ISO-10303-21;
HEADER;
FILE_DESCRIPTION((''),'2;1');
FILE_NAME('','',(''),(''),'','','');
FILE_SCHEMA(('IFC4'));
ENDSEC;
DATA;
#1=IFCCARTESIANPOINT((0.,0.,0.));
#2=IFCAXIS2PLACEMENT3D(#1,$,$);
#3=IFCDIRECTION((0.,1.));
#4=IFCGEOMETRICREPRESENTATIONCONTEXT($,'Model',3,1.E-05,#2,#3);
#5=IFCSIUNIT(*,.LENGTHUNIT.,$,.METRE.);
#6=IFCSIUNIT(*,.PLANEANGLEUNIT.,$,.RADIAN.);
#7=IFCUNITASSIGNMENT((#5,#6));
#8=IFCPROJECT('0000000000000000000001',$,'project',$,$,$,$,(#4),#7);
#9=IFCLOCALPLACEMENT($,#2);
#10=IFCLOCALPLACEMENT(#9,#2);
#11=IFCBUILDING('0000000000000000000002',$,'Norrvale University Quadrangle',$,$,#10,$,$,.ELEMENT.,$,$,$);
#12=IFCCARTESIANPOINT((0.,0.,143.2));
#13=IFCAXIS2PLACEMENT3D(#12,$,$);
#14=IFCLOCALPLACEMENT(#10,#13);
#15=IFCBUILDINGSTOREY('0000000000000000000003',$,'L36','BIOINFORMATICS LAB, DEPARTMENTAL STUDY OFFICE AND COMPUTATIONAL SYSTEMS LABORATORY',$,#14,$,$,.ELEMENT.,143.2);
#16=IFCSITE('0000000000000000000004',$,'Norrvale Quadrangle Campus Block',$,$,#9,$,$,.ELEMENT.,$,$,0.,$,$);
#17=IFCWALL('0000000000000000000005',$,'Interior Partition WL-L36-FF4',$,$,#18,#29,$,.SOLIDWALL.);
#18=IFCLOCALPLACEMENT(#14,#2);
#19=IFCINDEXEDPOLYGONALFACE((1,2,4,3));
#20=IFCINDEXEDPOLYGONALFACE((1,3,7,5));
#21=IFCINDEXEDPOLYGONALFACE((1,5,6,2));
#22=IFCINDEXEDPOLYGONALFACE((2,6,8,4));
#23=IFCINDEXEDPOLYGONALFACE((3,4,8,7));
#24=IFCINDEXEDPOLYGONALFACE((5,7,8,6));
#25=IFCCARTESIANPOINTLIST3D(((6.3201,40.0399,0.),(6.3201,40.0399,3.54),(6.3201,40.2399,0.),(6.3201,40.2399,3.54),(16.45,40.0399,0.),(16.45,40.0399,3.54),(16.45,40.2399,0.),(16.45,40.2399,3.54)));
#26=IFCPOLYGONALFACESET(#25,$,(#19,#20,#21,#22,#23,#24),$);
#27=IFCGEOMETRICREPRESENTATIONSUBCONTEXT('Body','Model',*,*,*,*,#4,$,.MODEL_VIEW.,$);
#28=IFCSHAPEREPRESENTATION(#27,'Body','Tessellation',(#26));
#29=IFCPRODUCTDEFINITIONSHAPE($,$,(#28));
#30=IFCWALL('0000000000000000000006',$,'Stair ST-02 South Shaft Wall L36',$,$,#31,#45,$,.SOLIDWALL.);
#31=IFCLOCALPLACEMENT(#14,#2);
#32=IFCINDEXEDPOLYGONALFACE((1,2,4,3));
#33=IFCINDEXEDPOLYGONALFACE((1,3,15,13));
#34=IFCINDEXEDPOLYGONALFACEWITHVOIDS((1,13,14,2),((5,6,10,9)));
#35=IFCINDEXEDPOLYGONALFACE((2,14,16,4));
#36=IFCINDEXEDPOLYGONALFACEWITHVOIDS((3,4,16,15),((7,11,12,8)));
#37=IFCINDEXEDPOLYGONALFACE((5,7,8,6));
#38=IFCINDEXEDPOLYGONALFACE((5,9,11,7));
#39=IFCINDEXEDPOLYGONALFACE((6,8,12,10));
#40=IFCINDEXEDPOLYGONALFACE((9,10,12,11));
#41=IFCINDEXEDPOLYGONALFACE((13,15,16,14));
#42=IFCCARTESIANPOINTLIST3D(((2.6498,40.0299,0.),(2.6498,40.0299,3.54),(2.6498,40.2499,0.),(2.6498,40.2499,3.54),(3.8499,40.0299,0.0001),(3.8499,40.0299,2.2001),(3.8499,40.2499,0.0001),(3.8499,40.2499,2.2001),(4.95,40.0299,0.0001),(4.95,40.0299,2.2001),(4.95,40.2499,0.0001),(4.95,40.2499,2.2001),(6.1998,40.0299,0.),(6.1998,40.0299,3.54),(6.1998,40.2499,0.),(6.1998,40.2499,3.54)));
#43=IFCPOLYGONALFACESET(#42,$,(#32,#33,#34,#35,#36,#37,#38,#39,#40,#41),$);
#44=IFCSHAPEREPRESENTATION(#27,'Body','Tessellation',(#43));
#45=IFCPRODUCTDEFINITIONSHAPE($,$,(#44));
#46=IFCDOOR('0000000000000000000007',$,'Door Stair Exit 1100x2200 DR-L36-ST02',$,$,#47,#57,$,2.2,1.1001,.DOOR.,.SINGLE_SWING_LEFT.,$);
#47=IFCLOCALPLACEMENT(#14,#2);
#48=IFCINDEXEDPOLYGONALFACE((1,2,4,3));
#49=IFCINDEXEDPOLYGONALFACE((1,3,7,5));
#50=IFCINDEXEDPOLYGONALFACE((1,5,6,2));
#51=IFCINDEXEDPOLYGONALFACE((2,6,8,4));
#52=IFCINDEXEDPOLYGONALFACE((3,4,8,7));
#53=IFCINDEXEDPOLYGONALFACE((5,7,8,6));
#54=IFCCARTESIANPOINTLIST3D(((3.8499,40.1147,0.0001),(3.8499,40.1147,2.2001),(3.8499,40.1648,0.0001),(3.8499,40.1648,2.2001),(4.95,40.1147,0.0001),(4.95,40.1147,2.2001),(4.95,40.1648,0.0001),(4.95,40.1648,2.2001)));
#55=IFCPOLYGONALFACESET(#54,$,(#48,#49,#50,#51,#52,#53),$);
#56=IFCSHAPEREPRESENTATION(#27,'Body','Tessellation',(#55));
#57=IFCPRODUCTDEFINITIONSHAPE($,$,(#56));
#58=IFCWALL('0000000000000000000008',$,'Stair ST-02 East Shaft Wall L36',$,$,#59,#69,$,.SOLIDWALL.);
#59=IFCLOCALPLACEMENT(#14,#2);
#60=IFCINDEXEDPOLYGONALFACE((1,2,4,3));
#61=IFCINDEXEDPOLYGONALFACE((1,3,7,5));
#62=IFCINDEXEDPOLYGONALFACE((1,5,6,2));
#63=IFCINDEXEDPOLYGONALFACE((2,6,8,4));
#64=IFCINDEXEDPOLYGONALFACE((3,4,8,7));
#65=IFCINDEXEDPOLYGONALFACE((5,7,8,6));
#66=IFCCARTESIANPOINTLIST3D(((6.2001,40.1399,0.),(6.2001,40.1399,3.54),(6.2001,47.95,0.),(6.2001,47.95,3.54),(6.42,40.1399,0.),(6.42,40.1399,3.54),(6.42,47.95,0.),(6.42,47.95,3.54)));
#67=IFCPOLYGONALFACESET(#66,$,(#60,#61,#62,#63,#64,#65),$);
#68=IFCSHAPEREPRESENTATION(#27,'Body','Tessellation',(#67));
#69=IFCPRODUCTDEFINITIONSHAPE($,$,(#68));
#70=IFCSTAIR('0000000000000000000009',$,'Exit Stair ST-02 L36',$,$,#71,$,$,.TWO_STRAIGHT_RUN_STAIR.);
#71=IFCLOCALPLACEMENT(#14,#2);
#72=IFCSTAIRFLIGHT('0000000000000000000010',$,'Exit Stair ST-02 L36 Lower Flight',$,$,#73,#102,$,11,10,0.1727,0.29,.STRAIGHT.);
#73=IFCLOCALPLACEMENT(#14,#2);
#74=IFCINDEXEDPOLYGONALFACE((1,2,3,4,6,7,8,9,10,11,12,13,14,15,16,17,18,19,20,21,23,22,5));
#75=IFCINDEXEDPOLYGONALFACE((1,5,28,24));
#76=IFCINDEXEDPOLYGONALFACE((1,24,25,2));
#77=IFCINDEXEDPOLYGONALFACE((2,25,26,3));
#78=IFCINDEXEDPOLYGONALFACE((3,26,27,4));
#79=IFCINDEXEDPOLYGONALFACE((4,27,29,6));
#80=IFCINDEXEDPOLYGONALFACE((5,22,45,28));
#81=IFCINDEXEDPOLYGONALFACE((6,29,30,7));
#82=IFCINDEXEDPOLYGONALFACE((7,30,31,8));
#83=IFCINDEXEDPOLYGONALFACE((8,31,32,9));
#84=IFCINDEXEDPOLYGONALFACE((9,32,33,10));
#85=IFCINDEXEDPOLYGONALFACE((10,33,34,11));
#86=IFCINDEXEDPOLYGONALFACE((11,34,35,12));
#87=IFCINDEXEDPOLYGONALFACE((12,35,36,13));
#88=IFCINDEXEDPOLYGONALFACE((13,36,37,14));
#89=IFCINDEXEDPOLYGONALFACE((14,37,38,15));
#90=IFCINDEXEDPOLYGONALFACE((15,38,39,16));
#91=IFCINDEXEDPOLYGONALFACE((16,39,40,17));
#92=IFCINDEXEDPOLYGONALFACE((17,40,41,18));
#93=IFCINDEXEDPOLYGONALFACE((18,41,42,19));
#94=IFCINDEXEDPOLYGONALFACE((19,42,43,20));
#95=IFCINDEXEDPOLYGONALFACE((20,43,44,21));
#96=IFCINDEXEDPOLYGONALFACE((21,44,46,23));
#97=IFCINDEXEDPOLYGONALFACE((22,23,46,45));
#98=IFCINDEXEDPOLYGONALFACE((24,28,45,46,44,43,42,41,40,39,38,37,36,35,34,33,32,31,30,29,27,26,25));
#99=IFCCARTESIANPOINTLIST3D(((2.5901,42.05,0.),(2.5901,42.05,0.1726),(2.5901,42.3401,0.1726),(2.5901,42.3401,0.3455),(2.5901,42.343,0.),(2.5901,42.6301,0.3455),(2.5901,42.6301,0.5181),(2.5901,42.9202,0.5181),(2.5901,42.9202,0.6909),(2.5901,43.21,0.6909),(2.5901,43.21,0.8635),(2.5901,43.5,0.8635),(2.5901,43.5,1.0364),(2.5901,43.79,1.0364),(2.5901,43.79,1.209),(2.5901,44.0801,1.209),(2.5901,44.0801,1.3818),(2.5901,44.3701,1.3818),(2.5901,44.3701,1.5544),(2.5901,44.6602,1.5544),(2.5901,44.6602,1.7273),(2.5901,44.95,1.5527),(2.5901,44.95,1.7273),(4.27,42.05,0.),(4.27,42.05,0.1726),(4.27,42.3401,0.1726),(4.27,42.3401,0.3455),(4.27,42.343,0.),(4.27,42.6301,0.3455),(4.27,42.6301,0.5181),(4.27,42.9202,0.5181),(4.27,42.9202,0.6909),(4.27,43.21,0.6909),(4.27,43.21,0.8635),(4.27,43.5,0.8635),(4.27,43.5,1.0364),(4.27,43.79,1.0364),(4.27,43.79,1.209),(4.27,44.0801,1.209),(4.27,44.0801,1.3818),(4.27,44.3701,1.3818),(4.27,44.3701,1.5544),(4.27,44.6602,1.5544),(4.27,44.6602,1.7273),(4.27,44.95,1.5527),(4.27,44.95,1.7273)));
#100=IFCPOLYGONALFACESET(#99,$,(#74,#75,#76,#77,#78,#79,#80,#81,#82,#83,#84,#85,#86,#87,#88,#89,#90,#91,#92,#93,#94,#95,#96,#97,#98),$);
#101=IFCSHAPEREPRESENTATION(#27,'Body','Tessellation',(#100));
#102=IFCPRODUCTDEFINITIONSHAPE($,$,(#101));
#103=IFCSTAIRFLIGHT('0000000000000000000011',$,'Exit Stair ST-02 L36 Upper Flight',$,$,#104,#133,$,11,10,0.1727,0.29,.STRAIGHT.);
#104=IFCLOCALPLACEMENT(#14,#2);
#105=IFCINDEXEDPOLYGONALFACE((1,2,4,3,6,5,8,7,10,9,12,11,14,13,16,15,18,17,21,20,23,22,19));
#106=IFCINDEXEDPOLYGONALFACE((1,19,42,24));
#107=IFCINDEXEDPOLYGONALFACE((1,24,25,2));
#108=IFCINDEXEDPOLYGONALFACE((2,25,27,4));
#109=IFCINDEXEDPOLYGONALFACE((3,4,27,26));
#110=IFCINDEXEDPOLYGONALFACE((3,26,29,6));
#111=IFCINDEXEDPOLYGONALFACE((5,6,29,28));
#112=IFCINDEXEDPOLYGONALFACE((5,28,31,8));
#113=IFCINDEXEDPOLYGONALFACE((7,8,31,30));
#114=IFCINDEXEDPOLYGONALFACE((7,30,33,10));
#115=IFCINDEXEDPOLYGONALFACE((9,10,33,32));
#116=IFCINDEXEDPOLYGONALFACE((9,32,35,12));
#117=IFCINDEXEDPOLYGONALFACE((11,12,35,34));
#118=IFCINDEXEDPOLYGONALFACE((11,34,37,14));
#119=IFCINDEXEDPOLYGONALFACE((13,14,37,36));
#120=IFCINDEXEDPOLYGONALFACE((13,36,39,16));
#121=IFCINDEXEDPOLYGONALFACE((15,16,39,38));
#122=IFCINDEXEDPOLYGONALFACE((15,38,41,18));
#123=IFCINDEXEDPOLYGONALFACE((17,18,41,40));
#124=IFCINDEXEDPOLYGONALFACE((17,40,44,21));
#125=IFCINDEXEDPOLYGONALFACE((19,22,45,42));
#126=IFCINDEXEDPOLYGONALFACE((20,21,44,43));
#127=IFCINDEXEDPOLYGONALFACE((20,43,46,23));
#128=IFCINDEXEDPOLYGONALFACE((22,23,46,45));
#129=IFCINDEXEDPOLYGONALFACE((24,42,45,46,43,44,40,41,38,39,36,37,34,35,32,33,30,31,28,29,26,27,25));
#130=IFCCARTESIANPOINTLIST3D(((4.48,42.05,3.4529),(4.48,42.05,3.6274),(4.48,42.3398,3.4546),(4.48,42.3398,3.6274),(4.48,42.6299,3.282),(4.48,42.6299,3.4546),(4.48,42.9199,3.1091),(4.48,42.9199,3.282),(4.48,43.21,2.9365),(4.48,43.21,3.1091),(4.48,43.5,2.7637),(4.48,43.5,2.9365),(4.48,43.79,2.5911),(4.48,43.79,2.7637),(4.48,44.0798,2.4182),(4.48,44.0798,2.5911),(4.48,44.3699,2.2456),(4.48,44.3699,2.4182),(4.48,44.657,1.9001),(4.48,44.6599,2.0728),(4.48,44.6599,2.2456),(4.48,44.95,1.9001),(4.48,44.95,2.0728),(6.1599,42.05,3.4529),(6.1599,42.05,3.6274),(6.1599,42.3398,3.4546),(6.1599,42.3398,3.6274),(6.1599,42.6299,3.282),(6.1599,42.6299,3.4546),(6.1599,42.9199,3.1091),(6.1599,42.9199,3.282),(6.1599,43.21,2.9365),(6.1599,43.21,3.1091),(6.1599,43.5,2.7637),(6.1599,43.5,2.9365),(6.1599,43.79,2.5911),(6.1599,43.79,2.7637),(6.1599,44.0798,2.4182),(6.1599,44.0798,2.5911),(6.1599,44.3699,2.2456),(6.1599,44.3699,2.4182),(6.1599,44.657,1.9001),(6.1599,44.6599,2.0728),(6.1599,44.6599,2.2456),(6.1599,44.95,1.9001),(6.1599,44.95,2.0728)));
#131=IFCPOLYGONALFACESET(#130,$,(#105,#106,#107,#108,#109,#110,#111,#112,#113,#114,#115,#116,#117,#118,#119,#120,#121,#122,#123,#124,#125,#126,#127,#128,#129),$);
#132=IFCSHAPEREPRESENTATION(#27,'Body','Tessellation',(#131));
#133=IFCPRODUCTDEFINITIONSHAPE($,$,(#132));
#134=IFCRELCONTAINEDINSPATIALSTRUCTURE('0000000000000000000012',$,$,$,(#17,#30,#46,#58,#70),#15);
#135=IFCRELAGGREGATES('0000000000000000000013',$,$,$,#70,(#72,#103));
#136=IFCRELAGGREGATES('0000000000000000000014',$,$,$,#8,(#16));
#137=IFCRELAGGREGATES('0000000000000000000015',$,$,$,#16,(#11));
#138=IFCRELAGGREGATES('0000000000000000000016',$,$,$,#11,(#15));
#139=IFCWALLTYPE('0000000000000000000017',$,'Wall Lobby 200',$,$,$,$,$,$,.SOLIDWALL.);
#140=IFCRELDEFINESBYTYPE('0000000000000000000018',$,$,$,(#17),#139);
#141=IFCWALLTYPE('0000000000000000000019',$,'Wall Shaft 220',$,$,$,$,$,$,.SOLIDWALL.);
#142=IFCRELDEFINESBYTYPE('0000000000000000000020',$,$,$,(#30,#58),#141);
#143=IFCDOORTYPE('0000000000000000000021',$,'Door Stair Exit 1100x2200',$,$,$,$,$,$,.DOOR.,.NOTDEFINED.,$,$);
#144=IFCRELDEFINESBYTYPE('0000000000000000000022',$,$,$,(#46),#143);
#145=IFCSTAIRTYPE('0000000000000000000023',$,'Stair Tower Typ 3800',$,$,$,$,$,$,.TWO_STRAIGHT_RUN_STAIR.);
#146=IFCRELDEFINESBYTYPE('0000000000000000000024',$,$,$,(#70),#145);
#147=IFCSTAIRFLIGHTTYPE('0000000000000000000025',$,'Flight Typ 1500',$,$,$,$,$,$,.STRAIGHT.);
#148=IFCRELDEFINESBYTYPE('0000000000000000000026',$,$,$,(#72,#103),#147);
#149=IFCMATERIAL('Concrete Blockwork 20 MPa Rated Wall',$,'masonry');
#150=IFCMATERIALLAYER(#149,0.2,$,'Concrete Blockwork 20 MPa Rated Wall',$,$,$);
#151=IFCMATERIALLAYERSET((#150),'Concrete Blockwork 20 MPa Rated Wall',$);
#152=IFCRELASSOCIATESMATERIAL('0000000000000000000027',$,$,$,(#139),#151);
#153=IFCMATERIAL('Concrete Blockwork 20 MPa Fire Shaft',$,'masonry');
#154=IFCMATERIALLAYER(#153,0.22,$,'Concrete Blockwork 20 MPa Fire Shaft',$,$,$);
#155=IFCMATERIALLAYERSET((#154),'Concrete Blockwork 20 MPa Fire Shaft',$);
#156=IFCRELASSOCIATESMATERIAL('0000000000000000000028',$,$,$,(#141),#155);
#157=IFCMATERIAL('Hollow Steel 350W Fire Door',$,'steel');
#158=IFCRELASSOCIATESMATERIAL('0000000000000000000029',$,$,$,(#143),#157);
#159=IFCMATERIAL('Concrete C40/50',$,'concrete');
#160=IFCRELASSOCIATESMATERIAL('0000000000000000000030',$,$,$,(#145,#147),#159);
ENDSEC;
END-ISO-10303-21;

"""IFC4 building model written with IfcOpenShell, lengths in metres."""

from ifc_helpers import new_model, si_unit, direction, frame, frame_2d, origin, place, context, subcontext, project, spatial, polyline, rectangle, outline, extrude, material, layer, layer_set, type_object, element, fill, aggregate, save


model = new_model("IFC4")

# Units and contexts
model_context = context("Model", 3, precision=1e-05, world=origin(), true_north=direction((0.0, 1.0)))
body_context = subcontext(model_context, "Body", "Model", "MODEL_VIEW")
ifc_project = project(units=[si_unit("LENGTHUNIT", "METRE"), si_unit("PLANEANGLEUNIT", "RADIAN")], contexts=[model_context])

# Site, building, storey
site_placement = place(None, origin())
site = spatial("IfcSite", under=ifc_project, at=site_placement, Name="Norrvale Quadrangle Campus Block", CompositionType="ELEMENT", RefElevation=0.0)
building_placement = place(site_placement, origin())
building = spatial("IfcBuilding", under=site, at=building_placement, Name="Norrvale University Quadrangle", CompositionType="ELEMENT")
storey_placement = place(building_placement, frame((0.0, 0.0, 143.2)))
storey = spatial("IfcBuildingStorey", under=building, at=storey_placement, Name="L36", Description="BIOINFORMATICS LAB, DEPARTMENTAL STUDY OFFICE AND COMPUTATIONAL SYSTEMS LABORATORY", CompositionType="ELEMENT", Elevation=143.2)

# Wall
ifc_material_1 = material(Name="Concrete Blockwork 20 MPa Rated Wall", Category="masonry")
ifc_layer_1 = layer(ifc_material_1, 0.2, Name="Concrete Blockwork 20 MPa Rated Wall")
ifc_layer_set_1 = layer_set([ifc_layer_1], Name="Concrete Blockwork 20 MPa Rated Wall")
wall_type_1 = type_object("IfcWallType", Name="Wall Lobby 200", PredefinedType="SOLIDWALL", material=ifc_layer_set_1)
wall_1_placement = place(storey_placement, frame((6.3201, 40.1399, 0.0), z_axis=(0.0, 0.0, 1.0), x_axis=(1.0, 0.0, 0.0)))
element("IfcWall", 1, at=wall_1_placement, inside=storey, type_object=wall_type_1, Name="Interior Partition WL-L36-FF4", PredefinedType="SOLIDWALL", context=body_context, shape_type="SweptSolid", body=[
    extrude(rectangle(XDim=10.1299, YDim=0.2, at=frame_2d((5.0649, 0.0))), origin(), (0.0, 0.0, 1.0), 3.54),
])

# Wall, opening, door
ifc_material_2 = material(Name="Concrete Blockwork 20 MPa Fire Shaft", Category="masonry")
ifc_layer_2 = layer(ifc_material_2, 0.22, Name="Concrete Blockwork 20 MPa Fire Shaft")
ifc_layer_set_2 = layer_set([ifc_layer_2], Name="Concrete Blockwork 20 MPa Fire Shaft")
wall_type_2 = type_object("IfcWallType", Name="Wall Shaft 220", PredefinedType="SOLIDWALL", material=ifc_layer_set_2)
wall_2_placement = place(storey_placement, frame((2.6499, 40.1399, 0.0), z_axis=(0.0, 0.0, 1.0), x_axis=(1.0, 0.0, 0.0)))
wall_2 = element("IfcWall", 2, at=wall_2_placement, inside=storey, type_object=wall_type_2, Name="Stair ST-02 South Shaft Wall L36", PredefinedType="SOLIDWALL", context=body_context, shape_type="SweptSolid", body=[
    extrude(rectangle(XDim=3.55, YDim=0.22, at=frame_2d((1.7749, 0.0))), origin(), (0.0, 0.0, 1.0), 3.54),
])
opening_1_placement = place(wall_2_placement, frame((1.2, 0.0, 0.0)))
opening_1 = element("IfcOpeningElement", 3, at=opening_1_placement, cuts=wall_2, PredefinedType="OPENING", context=body_context, shape_type="SweptSolid", body=[
    extrude(rectangle(XDim=1.1001, YDim=2.2, at=frame_2d((0.55, 1.1001))), frame((0.0, 0.1221, 0.0), z_axis=(0.0, -1.0, 0.0), x_axis=(1.0, 0.0, 0.0)), (0.0, 0.0, 1.0), 0.2439),
])
ifc_material_3 = material(Name="Hollow Steel 350W Fire Door", Category="steel")
door_type_1 = type_object("IfcDoorType", Name="Door Stair Exit 1100x2200", OperationType="NOTDEFINED", PredefinedType="DOOR", material=ifc_material_3)
door_1_placement = place(opening_1_placement, origin())
door_1 = element("IfcDoor", 4, at=door_1_placement, inside=storey, type_object=door_type_1, Name="Door Stair Exit 1100x2200 DR-L36-ST02", OperationType="SINGLE_SWING_LEFT", OverallHeight=2.2, OverallWidth=1.1001, PredefinedType="DOOR", context=body_context, shape_type="SweptSolid", body=[
    extrude(rectangle(XDim=1.1001, YDim=2.2, at=frame_2d((0.55, 1.1001))), frame((0.0, 0.0249, 0.0), z_axis=(0.0, -1.0, 0.0), x_axis=(1.0, 0.0, 0.0)), (0.0, 0.0, 1.0), 0.05),
])
fill(opening_1, door_1)

# Wall
wall_3_placement = place(storey_placement, frame((6.3101, 40.1399, 0.0), z_axis=(0.0, 0.0, 1.0), x_axis=(0.0, 1.0, 0.0)))
element("IfcWall", 5, at=wall_3_placement, inside=storey, type_object=wall_type_2, Name="Stair ST-02 East Shaft Wall L36", PredefinedType="SOLIDWALL", context=body_context, shape_type="SweptSolid", body=[
    extrude(rectangle(XDim=7.8101, YDim=0.22, at=frame_2d((3.905, 0.0))), origin(), (0.0, 0.0, 1.0), 3.54),
])

# Stair, stair flights
ifc_material_4 = material(Name="Concrete C40/50", Category="concrete")
stair_type = type_object("IfcStairType", Name="Stair Tower Typ 3800", PredefinedType="TWO_STRAIGHT_RUN_STAIR", material=ifc_material_4)
stair_placement = place(storey_placement, origin())
stair = element("IfcStair", 6, at=stair_placement, inside=storey, type_object=stair_type, Name="Exit Stair ST-02 L36", PredefinedType="TWO_STRAIGHT_RUN_STAIR")
stair_flight_type = type_object("IfcStairFlightType", Name="Flight Typ 1500", PredefinedType="STRAIGHT", material=ifc_material_4)
stair_flight_1_placement = place(storey_placement, frame((3.4299, 42.05, 0.0), z_axis=(0.0, 0.0, 1.0), x_axis=(0.0, 1.0, 0.0)))
stair_flight_1 = element("IfcStairFlight", 7, at=stair_flight_1_placement, type_object=stair_flight_type, Name="Exit Stair ST-02 L36 Lower Flight", NumberOfRisers=11, NumberOfTreads=10, PredefinedType="STRAIGHT", RiserHeight=0.1727, TreadLength=0.29, context=body_context, shape_type="SweptSolid", body=[
    extrude(outline(polyline([(0.0, 0.0), (0.0, 0.1726), (0.29, 0.1726), (0.29, 0.3455), (0.5801, 0.3455), (0.5801, 0.5181), (0.8701, 0.5181), (0.8701, 0.6909), (1.1599, 0.6909), (1.1599, 0.8635), (1.45, 0.8635), (1.45, 1.0364), (1.74, 1.0364), (1.74, 1.209), (2.03, 1.209), (2.03, 1.3818), (2.3201, 1.3818), (2.3201, 1.5544), (2.6101, 1.5544), (2.6101, 1.7273), (2.8999, 1.7273), (2.8999, 1.8999), (2.8999, 1.5527), (0.293, 0.0), (0.0, 0.0)])), frame((0.0, 0.8398, 0.0), z_axis=(0.0, -1.0, 0.0), x_axis=(1.0, 0.0, 0.0)), (0.0, 0.0, 1.0), 1.6799),
])
stair_flight_2_placement = place(storey_placement, frame((5.3201, 44.95, 1.9001), z_axis=(0.0, 0.0, 1.0), x_axis=(0.0, -1.0, 0.0)))
stair_flight_2 = element("IfcStairFlight", 8, at=stair_flight_2_placement, type_object=stair_flight_type, Name="Exit Stair ST-02 L36 Upper Flight", NumberOfRisers=11, NumberOfTreads=10, PredefinedType="STRAIGHT", RiserHeight=0.1727, TreadLength=0.29, context=body_context, shape_type="SweptSolid", body=[
    extrude(outline(polyline([(0.0, 0.0), (0.0, 0.1726), (0.29, 0.1726), (0.29, 0.3455), (0.5801, 0.3455), (0.5801, 0.5181), (0.8701, 0.5181), (0.8701, 0.6909), (1.1599, 0.6909), (1.1599, 0.8635), (1.45, 0.8635), (1.45, 1.0364), (1.74, 1.0364), (1.74, 1.209), (2.03, 1.209), (2.03, 1.3818), (2.3201, 1.3818), (2.3201, 1.5544), (2.6101, 1.5544), (2.6101, 1.7273), (2.8999, 1.7273), (2.8999, 1.8999), (2.8999, 1.5527), (0.293, 0.0), (0.0, 0.0)])), frame((0.0, 0.8398, 0.0), z_axis=(0.0, -1.0, 0.0), x_axis=(1.0, 0.0, 0.0)), (0.0, 0.0, 1.0), 1.6799),
])
aggregate(stair, [stair_flight_1, stair_flight_2])

save(model, "model.ifc")
